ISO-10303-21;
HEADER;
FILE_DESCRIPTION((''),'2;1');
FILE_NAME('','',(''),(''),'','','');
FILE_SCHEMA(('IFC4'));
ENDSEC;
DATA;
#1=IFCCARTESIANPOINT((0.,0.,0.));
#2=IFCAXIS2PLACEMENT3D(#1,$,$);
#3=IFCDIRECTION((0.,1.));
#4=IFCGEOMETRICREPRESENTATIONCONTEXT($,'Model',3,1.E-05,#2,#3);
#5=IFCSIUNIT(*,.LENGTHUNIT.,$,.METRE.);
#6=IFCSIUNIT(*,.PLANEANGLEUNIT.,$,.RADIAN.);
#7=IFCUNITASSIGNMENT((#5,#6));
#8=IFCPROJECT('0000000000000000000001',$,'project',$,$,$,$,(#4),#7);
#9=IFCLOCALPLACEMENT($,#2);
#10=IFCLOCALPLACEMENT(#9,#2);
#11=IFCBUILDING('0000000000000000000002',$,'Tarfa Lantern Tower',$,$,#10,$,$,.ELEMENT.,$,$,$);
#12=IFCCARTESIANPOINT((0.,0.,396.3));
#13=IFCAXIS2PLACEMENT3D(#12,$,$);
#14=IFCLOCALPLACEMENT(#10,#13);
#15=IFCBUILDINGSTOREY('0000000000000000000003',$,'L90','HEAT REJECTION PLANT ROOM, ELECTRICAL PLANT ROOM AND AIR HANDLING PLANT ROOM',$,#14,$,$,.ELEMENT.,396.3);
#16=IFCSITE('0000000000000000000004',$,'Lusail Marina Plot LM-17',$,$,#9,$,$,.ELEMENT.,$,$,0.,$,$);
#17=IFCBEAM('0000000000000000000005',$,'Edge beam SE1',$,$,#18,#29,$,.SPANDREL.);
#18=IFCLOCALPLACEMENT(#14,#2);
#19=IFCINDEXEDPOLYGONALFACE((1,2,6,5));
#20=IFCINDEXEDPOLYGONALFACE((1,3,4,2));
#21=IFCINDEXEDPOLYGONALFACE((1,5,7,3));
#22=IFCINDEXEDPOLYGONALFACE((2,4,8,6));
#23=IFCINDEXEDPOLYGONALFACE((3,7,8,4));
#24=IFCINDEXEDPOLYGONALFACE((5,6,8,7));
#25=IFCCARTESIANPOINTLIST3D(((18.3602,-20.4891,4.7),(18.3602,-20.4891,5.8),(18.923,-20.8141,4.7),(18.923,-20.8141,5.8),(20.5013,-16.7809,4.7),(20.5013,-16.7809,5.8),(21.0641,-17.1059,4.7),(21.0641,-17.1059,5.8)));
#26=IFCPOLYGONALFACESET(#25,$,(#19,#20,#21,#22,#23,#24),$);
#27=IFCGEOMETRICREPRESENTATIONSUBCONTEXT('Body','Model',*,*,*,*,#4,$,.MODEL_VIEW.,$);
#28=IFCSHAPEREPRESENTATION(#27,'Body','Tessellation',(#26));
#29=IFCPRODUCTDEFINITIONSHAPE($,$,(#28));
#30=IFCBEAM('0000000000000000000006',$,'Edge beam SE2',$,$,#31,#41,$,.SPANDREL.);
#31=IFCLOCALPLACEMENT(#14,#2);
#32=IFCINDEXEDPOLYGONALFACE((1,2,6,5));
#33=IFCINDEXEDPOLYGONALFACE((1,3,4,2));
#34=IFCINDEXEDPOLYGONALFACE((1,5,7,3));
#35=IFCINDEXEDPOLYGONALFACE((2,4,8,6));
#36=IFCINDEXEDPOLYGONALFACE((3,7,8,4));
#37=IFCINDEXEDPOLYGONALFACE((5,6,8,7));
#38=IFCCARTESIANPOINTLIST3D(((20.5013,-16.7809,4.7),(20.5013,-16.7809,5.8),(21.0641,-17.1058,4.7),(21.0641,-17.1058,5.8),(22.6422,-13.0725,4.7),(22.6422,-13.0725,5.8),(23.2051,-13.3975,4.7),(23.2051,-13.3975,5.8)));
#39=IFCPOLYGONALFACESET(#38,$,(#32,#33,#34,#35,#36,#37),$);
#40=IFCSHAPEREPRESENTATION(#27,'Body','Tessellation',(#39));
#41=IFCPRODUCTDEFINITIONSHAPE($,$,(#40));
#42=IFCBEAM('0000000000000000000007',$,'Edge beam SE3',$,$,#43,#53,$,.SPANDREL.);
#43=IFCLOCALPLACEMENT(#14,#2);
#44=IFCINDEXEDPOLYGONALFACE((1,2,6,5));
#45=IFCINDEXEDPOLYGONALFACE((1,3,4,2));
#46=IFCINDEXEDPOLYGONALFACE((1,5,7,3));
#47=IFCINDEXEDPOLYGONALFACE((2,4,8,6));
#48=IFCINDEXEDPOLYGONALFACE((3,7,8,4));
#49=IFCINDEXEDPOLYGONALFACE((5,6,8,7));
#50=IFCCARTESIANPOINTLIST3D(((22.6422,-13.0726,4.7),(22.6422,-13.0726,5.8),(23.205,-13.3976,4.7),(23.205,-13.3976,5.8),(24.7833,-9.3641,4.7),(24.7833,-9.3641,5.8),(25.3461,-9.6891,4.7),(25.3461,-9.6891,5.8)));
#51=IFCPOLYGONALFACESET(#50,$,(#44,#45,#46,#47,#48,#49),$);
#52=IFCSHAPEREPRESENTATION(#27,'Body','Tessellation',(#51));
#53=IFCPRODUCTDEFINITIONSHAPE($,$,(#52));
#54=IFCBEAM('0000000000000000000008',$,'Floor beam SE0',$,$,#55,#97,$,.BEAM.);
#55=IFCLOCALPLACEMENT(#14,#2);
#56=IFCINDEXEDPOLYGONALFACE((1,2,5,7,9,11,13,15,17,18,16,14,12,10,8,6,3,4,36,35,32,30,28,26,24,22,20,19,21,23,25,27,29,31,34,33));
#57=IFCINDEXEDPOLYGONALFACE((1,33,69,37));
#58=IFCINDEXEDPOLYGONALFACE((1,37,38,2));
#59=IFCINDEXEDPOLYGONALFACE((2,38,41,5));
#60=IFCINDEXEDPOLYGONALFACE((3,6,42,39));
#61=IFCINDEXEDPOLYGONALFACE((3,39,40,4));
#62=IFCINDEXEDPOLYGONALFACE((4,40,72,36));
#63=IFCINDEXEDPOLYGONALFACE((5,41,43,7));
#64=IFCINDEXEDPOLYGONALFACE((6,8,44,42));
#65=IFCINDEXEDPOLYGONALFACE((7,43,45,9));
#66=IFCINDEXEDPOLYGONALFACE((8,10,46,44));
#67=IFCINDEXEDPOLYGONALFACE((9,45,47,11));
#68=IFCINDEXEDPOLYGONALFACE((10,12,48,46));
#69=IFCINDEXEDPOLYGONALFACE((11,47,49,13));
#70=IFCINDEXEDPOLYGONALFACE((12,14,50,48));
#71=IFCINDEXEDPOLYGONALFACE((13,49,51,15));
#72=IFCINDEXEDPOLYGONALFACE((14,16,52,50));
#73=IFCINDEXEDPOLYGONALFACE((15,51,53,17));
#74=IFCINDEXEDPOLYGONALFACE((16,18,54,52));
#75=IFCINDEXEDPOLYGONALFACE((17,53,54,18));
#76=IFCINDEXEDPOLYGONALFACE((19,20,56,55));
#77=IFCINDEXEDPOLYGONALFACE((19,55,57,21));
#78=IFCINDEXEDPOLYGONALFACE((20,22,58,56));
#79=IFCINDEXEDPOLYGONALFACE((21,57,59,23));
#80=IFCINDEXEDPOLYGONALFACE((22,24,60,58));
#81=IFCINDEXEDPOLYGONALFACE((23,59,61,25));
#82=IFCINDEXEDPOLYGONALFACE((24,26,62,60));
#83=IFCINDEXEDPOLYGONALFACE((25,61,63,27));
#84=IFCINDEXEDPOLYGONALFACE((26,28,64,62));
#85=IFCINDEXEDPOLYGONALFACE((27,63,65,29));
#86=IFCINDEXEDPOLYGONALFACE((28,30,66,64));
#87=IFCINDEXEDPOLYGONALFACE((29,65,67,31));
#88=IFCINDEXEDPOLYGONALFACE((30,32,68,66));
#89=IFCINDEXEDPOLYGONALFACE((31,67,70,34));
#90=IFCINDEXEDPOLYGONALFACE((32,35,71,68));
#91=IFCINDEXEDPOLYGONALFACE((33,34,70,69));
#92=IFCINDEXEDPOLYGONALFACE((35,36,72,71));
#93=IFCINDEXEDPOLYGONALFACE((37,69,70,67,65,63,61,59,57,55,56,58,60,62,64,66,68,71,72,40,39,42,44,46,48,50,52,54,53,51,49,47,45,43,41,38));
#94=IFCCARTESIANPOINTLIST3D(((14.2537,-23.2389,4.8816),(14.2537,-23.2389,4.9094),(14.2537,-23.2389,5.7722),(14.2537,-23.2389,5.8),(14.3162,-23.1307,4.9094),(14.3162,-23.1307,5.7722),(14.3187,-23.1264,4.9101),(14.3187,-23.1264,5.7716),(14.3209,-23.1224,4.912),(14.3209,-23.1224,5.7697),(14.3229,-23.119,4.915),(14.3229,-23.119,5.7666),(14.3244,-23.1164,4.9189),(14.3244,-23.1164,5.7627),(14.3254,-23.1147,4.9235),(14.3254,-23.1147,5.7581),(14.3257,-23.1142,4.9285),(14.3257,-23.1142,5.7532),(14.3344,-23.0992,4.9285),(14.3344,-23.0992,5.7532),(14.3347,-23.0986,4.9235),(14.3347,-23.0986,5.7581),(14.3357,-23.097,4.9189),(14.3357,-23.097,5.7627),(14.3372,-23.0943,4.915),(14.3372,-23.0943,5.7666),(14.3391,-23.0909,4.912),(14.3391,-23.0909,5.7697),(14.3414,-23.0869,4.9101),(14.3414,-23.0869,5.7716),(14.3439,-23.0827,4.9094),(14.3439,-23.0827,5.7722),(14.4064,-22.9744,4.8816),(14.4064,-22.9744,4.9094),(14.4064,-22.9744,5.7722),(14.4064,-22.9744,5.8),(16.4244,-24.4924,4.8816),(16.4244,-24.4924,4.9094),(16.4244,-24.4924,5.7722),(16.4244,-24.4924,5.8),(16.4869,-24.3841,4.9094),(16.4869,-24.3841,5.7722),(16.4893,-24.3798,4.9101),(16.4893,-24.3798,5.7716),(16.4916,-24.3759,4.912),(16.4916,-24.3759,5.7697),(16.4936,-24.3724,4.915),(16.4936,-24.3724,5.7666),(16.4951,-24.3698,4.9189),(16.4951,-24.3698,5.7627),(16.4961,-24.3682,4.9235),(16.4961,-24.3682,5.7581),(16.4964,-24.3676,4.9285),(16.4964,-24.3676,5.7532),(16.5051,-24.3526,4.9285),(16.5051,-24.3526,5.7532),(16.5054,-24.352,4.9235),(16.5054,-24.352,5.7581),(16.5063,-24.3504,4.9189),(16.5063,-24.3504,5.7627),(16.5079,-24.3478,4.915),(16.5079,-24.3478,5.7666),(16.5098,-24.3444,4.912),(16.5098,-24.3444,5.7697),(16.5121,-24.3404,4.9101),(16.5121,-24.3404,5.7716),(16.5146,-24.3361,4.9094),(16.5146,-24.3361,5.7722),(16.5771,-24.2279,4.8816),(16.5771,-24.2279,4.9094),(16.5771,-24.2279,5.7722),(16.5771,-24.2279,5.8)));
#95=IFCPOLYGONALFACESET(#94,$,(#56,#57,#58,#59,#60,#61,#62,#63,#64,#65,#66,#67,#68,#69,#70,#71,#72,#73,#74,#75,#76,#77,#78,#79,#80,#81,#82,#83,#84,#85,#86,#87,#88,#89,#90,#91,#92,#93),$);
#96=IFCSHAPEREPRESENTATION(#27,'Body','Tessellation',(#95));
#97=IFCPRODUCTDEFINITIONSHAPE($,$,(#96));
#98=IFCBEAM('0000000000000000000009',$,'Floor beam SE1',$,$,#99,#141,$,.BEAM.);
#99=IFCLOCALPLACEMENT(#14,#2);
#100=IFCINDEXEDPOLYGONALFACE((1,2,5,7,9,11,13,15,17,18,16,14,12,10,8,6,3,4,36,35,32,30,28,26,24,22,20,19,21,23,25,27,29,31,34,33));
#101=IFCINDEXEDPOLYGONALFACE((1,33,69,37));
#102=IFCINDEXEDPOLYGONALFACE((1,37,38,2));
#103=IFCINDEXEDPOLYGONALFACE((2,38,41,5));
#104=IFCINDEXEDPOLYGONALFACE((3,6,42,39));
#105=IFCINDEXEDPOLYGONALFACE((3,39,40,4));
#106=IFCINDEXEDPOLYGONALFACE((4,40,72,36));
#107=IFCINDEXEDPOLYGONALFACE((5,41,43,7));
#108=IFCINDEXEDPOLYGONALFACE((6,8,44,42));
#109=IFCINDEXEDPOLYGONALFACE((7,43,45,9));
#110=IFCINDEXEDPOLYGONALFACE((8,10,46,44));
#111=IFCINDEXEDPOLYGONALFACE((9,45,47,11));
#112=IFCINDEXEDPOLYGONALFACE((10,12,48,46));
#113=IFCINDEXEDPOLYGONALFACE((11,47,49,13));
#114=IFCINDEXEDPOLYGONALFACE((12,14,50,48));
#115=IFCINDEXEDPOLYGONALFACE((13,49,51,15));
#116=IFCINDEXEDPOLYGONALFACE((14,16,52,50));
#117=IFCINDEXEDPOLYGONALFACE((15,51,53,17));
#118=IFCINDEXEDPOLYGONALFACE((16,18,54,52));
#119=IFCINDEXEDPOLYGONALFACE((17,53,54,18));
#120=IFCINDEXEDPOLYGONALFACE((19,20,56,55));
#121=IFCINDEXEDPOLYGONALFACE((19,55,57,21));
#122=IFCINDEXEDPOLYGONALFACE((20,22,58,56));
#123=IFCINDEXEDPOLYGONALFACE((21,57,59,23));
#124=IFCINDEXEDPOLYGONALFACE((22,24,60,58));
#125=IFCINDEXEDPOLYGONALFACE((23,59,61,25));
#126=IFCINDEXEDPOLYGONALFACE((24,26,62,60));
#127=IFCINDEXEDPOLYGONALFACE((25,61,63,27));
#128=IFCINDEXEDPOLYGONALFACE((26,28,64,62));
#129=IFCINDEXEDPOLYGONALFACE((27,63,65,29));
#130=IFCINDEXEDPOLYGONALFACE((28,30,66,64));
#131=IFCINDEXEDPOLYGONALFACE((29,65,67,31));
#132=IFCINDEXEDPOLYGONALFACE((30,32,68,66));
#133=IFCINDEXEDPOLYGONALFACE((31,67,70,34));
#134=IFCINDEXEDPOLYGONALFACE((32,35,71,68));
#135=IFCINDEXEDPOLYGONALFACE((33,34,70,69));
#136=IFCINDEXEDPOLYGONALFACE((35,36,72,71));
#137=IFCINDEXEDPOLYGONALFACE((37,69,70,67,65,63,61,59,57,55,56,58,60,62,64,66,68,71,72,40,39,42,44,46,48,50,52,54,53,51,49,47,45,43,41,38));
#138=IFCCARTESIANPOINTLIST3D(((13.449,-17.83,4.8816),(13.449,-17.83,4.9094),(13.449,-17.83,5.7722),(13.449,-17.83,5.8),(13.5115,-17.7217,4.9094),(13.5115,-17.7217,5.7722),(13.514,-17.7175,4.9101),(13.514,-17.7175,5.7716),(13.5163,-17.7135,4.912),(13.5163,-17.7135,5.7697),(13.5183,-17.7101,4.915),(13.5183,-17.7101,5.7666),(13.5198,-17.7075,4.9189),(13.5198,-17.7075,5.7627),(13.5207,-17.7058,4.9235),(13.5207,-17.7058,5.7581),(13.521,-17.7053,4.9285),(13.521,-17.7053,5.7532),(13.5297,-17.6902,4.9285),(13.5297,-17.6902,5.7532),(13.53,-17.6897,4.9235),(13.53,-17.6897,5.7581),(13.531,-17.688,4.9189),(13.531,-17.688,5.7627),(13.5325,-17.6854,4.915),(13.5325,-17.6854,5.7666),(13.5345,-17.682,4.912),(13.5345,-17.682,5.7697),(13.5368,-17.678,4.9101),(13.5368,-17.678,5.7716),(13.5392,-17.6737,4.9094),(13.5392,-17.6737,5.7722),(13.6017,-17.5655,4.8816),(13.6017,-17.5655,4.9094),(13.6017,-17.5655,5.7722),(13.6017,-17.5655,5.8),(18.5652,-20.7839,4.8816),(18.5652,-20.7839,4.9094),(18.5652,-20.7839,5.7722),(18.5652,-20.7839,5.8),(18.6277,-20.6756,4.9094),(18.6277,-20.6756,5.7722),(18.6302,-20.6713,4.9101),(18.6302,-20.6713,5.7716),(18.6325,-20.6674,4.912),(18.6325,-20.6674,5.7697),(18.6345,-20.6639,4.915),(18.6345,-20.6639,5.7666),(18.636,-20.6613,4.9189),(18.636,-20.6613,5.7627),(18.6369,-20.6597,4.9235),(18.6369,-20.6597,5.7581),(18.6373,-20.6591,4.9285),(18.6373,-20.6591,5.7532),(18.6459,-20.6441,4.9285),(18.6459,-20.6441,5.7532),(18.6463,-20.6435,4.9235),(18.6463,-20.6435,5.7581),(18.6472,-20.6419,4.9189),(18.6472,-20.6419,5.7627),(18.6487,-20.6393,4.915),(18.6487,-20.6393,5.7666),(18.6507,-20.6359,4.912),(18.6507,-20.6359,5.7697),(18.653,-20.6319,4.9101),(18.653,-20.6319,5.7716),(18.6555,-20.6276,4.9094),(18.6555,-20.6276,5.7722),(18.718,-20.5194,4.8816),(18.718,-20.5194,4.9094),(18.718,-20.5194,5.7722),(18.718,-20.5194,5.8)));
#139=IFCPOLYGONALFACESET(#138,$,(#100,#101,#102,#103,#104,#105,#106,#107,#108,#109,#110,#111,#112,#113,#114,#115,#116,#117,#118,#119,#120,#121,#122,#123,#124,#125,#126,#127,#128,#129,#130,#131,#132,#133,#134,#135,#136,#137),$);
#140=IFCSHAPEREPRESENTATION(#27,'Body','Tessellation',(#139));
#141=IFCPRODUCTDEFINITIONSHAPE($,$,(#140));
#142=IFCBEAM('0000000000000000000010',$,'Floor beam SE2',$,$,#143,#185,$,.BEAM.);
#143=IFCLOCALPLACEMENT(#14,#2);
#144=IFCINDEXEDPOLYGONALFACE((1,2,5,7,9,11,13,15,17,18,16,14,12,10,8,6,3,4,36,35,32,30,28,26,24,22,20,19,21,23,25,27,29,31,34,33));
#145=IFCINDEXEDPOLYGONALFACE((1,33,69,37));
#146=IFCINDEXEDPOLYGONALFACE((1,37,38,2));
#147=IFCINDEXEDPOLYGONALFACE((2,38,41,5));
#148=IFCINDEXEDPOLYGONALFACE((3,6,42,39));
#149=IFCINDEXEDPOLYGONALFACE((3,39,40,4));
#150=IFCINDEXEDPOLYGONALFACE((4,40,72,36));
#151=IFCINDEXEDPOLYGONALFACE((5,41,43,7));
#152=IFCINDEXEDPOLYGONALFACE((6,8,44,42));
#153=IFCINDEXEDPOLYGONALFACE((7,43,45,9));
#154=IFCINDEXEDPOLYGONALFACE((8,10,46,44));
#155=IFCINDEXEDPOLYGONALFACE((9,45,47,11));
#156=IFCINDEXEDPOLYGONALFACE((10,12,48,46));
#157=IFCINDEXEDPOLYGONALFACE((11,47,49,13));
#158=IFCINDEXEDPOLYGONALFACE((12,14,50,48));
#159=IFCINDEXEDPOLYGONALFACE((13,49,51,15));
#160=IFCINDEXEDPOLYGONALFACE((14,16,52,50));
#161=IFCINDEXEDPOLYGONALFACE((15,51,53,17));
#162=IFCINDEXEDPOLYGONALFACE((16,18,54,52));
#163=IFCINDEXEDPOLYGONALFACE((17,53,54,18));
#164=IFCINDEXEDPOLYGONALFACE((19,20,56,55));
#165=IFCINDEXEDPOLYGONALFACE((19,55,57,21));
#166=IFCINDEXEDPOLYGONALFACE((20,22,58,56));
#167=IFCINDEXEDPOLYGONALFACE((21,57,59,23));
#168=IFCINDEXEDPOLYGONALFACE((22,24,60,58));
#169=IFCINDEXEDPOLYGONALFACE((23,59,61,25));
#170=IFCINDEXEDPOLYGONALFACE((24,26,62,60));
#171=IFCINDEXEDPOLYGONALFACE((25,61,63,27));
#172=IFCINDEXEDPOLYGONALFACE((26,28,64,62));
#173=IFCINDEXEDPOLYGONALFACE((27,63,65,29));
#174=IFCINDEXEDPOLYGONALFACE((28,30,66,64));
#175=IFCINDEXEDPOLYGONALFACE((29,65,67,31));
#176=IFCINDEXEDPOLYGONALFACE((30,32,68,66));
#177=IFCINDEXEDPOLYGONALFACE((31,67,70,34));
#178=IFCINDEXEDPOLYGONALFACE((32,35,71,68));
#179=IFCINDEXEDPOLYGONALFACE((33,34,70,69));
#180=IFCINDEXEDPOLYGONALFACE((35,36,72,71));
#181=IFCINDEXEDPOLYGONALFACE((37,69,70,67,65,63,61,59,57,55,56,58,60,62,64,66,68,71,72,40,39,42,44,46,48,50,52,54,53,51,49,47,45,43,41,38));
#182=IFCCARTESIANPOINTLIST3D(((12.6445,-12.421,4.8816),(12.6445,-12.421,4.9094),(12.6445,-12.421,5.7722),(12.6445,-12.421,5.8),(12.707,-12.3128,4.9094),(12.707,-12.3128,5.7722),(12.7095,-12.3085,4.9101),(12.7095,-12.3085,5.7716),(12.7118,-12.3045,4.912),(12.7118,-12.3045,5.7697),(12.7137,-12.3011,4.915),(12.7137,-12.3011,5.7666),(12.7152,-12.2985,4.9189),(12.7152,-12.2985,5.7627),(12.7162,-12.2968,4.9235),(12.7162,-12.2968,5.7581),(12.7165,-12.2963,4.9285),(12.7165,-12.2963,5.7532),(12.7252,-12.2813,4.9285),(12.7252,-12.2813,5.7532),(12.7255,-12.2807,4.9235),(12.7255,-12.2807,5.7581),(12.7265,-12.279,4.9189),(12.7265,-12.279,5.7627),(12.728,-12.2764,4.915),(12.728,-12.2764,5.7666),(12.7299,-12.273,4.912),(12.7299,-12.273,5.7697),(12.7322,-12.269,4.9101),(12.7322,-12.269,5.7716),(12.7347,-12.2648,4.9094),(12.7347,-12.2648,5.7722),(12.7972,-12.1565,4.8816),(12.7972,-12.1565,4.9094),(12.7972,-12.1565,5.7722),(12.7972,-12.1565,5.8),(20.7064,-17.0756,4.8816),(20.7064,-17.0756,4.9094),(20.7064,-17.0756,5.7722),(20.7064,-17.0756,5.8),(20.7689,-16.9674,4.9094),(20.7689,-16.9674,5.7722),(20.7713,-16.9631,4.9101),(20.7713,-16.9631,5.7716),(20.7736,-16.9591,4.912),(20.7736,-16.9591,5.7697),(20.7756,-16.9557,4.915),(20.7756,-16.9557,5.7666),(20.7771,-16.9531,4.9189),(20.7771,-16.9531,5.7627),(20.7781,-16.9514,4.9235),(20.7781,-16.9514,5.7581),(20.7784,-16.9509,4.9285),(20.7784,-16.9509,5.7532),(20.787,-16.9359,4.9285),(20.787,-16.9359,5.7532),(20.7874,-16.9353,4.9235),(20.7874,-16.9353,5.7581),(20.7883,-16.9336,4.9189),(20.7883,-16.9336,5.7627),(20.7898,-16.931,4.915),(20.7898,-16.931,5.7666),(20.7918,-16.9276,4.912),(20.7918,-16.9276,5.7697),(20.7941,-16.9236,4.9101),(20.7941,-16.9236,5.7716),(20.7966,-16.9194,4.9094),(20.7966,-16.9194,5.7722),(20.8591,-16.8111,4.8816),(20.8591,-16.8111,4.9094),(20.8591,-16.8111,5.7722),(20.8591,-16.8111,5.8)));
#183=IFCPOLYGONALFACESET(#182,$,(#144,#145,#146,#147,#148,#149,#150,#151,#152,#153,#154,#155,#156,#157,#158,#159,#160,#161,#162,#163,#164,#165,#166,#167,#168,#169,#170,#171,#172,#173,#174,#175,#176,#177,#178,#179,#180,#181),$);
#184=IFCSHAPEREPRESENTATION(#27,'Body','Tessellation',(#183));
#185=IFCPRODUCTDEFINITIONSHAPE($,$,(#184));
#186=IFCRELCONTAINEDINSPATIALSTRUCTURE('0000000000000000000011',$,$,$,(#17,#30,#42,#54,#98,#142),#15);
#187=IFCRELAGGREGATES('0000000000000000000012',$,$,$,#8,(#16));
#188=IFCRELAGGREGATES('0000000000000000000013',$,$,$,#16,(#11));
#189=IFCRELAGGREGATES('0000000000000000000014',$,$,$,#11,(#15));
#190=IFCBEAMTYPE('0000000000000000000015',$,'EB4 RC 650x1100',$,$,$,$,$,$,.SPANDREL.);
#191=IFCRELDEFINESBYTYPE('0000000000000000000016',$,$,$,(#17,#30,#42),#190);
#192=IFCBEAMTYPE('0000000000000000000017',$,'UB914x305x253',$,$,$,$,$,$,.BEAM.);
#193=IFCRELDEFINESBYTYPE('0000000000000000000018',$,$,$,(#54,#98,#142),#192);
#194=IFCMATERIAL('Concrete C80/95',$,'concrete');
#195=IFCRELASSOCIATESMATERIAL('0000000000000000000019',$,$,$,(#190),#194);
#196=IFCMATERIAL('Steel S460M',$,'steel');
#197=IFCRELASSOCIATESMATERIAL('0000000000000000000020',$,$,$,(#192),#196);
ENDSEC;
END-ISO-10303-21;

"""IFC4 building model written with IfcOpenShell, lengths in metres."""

from ifc_helpers import new_model, si_unit, direction, frame, origin, origin_2d, place, context, subcontext, project, spatial, rectangle, i_section, extrude, material, material_profile, profile_set, type_object, element, save


model = new_model("IFC4")

# Units and contexts
model_context = context("Model", 3, precision=1e-05, world=origin(), true_north=direction((0.0, 1.0)))
body_context = subcontext(model_context, "Body", "Model", "MODEL_VIEW")
ifc_project = project(units=[si_unit("LENGTHUNIT", "METRE"), si_unit("PLANEANGLEUNIT", "RADIAN")], contexts=[model_context])

# Site, building, storey
site_placement = place(None, origin())
site = spatial("IfcSite", under=ifc_project, at=site_placement, Name="Lusail Marina Plot LM-17", CompositionType="ELEMENT", RefElevation=0.0)
building_placement = place(site_placement, origin())
building = spatial("IfcBuilding", under=site, at=building_placement, Name="Tarfa Lantern Tower", CompositionType="ELEMENT")
storey_placement = place(building_placement, frame((0.0, 0.0, 396.3)))
storey = spatial("IfcBuildingStorey", under=building, at=storey_placement, Name="L90", Description="HEAT REJECTION PLANT ROOM, ELECTRICAL PLANT ROOM AND AIR HANDLING PLANT ROOM", CompositionType="ELEMENT", Elevation=396.3)

# Shared definitions
ifc_material_1 = material(Name="Concrete C80/95", Category="concrete")

# Beams
ifc_material_profile_1 = material_profile(ifc_material_1, rectangle(XDim=0.6499, YDim=1.1001, at=origin_2d()), Name="RC 650x1100")
ifc_profile_set_1 = profile_set([ifc_material_profile_1], Name="Concrete C80/95")
beam_type_1 = type_object("IfcBeamType", Name="EB4 RC 650x1100", PredefinedType="SPANDREL", material=ifc_profile_set_1)
for number, where, z_axis, x_axis, name in (
    (1, (18.6416, -20.6516, 5.25), (0.500027, 0.86601, 0.0), (-0.86601, 0.500027, 0.0), "Edge beam SE1"),
    (2, (20.7827, -16.9434, 5.25), (0.499984, 0.866035, 0.0), (-0.866035, 0.499984, 0.0), "Edge beam SE2"),
):
    element("IfcBeam", number, at=place(storey_placement, frame(where, z_axis=z_axis, x_axis=x_axis)), inside=storey, type_object=beam_type_1, Name=name, PredefinedType="SPANDREL", context=body_context, shape_type="SweptSolid", body=[
        extrude(rectangle(XDim=0.6499, YDim=1.1001, at=origin_2d()), origin(), (0.0, 0.0, 1.0), 4.282),
    ])
beam_1_placement = place(storey_placement, frame((22.9236, -13.2351, 5.25), z_axis=(0.500002, 0.866024, 0.0), x_axis=(-0.866024, 0.500002, 0.0)))
element("IfcBeam", 3, at=beam_1_placement, inside=storey, type_object=beam_type_1, Name="Edge beam SE3", PredefinedType="SPANDREL", context=body_context, shape_type="SweptSolid", body=[
    extrude(rectangle(XDim=0.6499, YDim=1.1001, at=origin_2d()), origin(), (0.0, 0.0, 1.0), 4.2822),
])
ifc_material_2 = material(Name="Steel S460M", Category="steel")
ifc_material_profile_2 = material_profile(ifc_material_2, i_section(OverallWidth=0.3054, OverallDepth=0.9185, WebThickness=0.0173, FlangeThickness=0.0278, FilletRadius=0.019, at=origin_2d()), Name="UB914x305x253")
ifc_profile_set_2 = profile_set([ifc_material_profile_2], Name="Steel S460M")
beam_type_2 = type_object("IfcBeamType", Name="UB914x305x253", PredefinedType="BEAM", material=ifc_profile_set_2)
beam_2_placement = place(storey_placement, frame((16.5007, -24.3601, 5.3408), z_axis=(-0.865993, 0.500057, 0.0), x_axis=(-0.500057, -0.865993, 0.0)))
element("IfcBeam", 4, at=beam_2_placement, inside=storey, type_object=beam_type_2, Name="Floor beam SE0", PredefinedType="BEAM", context=body_context, shape_type="SweptSolid", body=[
    extrude(i_section(OverallWidth=0.3054, OverallDepth=0.9185, WebThickness=0.0173, FlangeThickness=0.0278, FilletRadius=0.019, at=origin_2d()), origin(), (0.0, 0.0, 1.0), 2.5066),
])
beam_3_placement = place(storey_placement, frame((18.6416, -20.6516, 5.3408), z_axis=(-0.866025, 0.500001, 0.0), x_axis=(-0.500001, -0.866025, 0.0)))
element("IfcBeam", 5, at=beam_3_placement, inside=storey, type_object=beam_type_2, Name="Floor beam SE1", PredefinedType="BEAM", context=body_context, shape_type="SweptSolid", body=[
    extrude(i_section(OverallWidth=0.3054, OverallDepth=0.9185, WebThickness=0.0173, FlangeThickness=0.0278, FilletRadius=0.019, at=origin_2d()), origin(), (0.0, 0.0, 1.0), 5.9077),
])
beam_4_placement = place(storey_placement, frame((20.7827, -16.9434, 5.3408), z_axis=(-0.866022, 0.500006, 0.0), x_axis=(-0.500006, -0.866022, 0.0)))
element("IfcBeam", 6, at=beam_4_placement, inside=storey, type_object=beam_type_2, Name="Floor beam SE2", PredefinedType="BEAM", context=body_context, shape_type="SweptSolid", body=[
    extrude(i_section(OverallWidth=0.3054, OverallDepth=0.9185, WebThickness=0.0173, FlangeThickness=0.0278, FilletRadius=0.019, at=origin_2d()), origin(), (0.0, 0.0, 1.0), 9.3091),
])

save(model, "model.ifc")
